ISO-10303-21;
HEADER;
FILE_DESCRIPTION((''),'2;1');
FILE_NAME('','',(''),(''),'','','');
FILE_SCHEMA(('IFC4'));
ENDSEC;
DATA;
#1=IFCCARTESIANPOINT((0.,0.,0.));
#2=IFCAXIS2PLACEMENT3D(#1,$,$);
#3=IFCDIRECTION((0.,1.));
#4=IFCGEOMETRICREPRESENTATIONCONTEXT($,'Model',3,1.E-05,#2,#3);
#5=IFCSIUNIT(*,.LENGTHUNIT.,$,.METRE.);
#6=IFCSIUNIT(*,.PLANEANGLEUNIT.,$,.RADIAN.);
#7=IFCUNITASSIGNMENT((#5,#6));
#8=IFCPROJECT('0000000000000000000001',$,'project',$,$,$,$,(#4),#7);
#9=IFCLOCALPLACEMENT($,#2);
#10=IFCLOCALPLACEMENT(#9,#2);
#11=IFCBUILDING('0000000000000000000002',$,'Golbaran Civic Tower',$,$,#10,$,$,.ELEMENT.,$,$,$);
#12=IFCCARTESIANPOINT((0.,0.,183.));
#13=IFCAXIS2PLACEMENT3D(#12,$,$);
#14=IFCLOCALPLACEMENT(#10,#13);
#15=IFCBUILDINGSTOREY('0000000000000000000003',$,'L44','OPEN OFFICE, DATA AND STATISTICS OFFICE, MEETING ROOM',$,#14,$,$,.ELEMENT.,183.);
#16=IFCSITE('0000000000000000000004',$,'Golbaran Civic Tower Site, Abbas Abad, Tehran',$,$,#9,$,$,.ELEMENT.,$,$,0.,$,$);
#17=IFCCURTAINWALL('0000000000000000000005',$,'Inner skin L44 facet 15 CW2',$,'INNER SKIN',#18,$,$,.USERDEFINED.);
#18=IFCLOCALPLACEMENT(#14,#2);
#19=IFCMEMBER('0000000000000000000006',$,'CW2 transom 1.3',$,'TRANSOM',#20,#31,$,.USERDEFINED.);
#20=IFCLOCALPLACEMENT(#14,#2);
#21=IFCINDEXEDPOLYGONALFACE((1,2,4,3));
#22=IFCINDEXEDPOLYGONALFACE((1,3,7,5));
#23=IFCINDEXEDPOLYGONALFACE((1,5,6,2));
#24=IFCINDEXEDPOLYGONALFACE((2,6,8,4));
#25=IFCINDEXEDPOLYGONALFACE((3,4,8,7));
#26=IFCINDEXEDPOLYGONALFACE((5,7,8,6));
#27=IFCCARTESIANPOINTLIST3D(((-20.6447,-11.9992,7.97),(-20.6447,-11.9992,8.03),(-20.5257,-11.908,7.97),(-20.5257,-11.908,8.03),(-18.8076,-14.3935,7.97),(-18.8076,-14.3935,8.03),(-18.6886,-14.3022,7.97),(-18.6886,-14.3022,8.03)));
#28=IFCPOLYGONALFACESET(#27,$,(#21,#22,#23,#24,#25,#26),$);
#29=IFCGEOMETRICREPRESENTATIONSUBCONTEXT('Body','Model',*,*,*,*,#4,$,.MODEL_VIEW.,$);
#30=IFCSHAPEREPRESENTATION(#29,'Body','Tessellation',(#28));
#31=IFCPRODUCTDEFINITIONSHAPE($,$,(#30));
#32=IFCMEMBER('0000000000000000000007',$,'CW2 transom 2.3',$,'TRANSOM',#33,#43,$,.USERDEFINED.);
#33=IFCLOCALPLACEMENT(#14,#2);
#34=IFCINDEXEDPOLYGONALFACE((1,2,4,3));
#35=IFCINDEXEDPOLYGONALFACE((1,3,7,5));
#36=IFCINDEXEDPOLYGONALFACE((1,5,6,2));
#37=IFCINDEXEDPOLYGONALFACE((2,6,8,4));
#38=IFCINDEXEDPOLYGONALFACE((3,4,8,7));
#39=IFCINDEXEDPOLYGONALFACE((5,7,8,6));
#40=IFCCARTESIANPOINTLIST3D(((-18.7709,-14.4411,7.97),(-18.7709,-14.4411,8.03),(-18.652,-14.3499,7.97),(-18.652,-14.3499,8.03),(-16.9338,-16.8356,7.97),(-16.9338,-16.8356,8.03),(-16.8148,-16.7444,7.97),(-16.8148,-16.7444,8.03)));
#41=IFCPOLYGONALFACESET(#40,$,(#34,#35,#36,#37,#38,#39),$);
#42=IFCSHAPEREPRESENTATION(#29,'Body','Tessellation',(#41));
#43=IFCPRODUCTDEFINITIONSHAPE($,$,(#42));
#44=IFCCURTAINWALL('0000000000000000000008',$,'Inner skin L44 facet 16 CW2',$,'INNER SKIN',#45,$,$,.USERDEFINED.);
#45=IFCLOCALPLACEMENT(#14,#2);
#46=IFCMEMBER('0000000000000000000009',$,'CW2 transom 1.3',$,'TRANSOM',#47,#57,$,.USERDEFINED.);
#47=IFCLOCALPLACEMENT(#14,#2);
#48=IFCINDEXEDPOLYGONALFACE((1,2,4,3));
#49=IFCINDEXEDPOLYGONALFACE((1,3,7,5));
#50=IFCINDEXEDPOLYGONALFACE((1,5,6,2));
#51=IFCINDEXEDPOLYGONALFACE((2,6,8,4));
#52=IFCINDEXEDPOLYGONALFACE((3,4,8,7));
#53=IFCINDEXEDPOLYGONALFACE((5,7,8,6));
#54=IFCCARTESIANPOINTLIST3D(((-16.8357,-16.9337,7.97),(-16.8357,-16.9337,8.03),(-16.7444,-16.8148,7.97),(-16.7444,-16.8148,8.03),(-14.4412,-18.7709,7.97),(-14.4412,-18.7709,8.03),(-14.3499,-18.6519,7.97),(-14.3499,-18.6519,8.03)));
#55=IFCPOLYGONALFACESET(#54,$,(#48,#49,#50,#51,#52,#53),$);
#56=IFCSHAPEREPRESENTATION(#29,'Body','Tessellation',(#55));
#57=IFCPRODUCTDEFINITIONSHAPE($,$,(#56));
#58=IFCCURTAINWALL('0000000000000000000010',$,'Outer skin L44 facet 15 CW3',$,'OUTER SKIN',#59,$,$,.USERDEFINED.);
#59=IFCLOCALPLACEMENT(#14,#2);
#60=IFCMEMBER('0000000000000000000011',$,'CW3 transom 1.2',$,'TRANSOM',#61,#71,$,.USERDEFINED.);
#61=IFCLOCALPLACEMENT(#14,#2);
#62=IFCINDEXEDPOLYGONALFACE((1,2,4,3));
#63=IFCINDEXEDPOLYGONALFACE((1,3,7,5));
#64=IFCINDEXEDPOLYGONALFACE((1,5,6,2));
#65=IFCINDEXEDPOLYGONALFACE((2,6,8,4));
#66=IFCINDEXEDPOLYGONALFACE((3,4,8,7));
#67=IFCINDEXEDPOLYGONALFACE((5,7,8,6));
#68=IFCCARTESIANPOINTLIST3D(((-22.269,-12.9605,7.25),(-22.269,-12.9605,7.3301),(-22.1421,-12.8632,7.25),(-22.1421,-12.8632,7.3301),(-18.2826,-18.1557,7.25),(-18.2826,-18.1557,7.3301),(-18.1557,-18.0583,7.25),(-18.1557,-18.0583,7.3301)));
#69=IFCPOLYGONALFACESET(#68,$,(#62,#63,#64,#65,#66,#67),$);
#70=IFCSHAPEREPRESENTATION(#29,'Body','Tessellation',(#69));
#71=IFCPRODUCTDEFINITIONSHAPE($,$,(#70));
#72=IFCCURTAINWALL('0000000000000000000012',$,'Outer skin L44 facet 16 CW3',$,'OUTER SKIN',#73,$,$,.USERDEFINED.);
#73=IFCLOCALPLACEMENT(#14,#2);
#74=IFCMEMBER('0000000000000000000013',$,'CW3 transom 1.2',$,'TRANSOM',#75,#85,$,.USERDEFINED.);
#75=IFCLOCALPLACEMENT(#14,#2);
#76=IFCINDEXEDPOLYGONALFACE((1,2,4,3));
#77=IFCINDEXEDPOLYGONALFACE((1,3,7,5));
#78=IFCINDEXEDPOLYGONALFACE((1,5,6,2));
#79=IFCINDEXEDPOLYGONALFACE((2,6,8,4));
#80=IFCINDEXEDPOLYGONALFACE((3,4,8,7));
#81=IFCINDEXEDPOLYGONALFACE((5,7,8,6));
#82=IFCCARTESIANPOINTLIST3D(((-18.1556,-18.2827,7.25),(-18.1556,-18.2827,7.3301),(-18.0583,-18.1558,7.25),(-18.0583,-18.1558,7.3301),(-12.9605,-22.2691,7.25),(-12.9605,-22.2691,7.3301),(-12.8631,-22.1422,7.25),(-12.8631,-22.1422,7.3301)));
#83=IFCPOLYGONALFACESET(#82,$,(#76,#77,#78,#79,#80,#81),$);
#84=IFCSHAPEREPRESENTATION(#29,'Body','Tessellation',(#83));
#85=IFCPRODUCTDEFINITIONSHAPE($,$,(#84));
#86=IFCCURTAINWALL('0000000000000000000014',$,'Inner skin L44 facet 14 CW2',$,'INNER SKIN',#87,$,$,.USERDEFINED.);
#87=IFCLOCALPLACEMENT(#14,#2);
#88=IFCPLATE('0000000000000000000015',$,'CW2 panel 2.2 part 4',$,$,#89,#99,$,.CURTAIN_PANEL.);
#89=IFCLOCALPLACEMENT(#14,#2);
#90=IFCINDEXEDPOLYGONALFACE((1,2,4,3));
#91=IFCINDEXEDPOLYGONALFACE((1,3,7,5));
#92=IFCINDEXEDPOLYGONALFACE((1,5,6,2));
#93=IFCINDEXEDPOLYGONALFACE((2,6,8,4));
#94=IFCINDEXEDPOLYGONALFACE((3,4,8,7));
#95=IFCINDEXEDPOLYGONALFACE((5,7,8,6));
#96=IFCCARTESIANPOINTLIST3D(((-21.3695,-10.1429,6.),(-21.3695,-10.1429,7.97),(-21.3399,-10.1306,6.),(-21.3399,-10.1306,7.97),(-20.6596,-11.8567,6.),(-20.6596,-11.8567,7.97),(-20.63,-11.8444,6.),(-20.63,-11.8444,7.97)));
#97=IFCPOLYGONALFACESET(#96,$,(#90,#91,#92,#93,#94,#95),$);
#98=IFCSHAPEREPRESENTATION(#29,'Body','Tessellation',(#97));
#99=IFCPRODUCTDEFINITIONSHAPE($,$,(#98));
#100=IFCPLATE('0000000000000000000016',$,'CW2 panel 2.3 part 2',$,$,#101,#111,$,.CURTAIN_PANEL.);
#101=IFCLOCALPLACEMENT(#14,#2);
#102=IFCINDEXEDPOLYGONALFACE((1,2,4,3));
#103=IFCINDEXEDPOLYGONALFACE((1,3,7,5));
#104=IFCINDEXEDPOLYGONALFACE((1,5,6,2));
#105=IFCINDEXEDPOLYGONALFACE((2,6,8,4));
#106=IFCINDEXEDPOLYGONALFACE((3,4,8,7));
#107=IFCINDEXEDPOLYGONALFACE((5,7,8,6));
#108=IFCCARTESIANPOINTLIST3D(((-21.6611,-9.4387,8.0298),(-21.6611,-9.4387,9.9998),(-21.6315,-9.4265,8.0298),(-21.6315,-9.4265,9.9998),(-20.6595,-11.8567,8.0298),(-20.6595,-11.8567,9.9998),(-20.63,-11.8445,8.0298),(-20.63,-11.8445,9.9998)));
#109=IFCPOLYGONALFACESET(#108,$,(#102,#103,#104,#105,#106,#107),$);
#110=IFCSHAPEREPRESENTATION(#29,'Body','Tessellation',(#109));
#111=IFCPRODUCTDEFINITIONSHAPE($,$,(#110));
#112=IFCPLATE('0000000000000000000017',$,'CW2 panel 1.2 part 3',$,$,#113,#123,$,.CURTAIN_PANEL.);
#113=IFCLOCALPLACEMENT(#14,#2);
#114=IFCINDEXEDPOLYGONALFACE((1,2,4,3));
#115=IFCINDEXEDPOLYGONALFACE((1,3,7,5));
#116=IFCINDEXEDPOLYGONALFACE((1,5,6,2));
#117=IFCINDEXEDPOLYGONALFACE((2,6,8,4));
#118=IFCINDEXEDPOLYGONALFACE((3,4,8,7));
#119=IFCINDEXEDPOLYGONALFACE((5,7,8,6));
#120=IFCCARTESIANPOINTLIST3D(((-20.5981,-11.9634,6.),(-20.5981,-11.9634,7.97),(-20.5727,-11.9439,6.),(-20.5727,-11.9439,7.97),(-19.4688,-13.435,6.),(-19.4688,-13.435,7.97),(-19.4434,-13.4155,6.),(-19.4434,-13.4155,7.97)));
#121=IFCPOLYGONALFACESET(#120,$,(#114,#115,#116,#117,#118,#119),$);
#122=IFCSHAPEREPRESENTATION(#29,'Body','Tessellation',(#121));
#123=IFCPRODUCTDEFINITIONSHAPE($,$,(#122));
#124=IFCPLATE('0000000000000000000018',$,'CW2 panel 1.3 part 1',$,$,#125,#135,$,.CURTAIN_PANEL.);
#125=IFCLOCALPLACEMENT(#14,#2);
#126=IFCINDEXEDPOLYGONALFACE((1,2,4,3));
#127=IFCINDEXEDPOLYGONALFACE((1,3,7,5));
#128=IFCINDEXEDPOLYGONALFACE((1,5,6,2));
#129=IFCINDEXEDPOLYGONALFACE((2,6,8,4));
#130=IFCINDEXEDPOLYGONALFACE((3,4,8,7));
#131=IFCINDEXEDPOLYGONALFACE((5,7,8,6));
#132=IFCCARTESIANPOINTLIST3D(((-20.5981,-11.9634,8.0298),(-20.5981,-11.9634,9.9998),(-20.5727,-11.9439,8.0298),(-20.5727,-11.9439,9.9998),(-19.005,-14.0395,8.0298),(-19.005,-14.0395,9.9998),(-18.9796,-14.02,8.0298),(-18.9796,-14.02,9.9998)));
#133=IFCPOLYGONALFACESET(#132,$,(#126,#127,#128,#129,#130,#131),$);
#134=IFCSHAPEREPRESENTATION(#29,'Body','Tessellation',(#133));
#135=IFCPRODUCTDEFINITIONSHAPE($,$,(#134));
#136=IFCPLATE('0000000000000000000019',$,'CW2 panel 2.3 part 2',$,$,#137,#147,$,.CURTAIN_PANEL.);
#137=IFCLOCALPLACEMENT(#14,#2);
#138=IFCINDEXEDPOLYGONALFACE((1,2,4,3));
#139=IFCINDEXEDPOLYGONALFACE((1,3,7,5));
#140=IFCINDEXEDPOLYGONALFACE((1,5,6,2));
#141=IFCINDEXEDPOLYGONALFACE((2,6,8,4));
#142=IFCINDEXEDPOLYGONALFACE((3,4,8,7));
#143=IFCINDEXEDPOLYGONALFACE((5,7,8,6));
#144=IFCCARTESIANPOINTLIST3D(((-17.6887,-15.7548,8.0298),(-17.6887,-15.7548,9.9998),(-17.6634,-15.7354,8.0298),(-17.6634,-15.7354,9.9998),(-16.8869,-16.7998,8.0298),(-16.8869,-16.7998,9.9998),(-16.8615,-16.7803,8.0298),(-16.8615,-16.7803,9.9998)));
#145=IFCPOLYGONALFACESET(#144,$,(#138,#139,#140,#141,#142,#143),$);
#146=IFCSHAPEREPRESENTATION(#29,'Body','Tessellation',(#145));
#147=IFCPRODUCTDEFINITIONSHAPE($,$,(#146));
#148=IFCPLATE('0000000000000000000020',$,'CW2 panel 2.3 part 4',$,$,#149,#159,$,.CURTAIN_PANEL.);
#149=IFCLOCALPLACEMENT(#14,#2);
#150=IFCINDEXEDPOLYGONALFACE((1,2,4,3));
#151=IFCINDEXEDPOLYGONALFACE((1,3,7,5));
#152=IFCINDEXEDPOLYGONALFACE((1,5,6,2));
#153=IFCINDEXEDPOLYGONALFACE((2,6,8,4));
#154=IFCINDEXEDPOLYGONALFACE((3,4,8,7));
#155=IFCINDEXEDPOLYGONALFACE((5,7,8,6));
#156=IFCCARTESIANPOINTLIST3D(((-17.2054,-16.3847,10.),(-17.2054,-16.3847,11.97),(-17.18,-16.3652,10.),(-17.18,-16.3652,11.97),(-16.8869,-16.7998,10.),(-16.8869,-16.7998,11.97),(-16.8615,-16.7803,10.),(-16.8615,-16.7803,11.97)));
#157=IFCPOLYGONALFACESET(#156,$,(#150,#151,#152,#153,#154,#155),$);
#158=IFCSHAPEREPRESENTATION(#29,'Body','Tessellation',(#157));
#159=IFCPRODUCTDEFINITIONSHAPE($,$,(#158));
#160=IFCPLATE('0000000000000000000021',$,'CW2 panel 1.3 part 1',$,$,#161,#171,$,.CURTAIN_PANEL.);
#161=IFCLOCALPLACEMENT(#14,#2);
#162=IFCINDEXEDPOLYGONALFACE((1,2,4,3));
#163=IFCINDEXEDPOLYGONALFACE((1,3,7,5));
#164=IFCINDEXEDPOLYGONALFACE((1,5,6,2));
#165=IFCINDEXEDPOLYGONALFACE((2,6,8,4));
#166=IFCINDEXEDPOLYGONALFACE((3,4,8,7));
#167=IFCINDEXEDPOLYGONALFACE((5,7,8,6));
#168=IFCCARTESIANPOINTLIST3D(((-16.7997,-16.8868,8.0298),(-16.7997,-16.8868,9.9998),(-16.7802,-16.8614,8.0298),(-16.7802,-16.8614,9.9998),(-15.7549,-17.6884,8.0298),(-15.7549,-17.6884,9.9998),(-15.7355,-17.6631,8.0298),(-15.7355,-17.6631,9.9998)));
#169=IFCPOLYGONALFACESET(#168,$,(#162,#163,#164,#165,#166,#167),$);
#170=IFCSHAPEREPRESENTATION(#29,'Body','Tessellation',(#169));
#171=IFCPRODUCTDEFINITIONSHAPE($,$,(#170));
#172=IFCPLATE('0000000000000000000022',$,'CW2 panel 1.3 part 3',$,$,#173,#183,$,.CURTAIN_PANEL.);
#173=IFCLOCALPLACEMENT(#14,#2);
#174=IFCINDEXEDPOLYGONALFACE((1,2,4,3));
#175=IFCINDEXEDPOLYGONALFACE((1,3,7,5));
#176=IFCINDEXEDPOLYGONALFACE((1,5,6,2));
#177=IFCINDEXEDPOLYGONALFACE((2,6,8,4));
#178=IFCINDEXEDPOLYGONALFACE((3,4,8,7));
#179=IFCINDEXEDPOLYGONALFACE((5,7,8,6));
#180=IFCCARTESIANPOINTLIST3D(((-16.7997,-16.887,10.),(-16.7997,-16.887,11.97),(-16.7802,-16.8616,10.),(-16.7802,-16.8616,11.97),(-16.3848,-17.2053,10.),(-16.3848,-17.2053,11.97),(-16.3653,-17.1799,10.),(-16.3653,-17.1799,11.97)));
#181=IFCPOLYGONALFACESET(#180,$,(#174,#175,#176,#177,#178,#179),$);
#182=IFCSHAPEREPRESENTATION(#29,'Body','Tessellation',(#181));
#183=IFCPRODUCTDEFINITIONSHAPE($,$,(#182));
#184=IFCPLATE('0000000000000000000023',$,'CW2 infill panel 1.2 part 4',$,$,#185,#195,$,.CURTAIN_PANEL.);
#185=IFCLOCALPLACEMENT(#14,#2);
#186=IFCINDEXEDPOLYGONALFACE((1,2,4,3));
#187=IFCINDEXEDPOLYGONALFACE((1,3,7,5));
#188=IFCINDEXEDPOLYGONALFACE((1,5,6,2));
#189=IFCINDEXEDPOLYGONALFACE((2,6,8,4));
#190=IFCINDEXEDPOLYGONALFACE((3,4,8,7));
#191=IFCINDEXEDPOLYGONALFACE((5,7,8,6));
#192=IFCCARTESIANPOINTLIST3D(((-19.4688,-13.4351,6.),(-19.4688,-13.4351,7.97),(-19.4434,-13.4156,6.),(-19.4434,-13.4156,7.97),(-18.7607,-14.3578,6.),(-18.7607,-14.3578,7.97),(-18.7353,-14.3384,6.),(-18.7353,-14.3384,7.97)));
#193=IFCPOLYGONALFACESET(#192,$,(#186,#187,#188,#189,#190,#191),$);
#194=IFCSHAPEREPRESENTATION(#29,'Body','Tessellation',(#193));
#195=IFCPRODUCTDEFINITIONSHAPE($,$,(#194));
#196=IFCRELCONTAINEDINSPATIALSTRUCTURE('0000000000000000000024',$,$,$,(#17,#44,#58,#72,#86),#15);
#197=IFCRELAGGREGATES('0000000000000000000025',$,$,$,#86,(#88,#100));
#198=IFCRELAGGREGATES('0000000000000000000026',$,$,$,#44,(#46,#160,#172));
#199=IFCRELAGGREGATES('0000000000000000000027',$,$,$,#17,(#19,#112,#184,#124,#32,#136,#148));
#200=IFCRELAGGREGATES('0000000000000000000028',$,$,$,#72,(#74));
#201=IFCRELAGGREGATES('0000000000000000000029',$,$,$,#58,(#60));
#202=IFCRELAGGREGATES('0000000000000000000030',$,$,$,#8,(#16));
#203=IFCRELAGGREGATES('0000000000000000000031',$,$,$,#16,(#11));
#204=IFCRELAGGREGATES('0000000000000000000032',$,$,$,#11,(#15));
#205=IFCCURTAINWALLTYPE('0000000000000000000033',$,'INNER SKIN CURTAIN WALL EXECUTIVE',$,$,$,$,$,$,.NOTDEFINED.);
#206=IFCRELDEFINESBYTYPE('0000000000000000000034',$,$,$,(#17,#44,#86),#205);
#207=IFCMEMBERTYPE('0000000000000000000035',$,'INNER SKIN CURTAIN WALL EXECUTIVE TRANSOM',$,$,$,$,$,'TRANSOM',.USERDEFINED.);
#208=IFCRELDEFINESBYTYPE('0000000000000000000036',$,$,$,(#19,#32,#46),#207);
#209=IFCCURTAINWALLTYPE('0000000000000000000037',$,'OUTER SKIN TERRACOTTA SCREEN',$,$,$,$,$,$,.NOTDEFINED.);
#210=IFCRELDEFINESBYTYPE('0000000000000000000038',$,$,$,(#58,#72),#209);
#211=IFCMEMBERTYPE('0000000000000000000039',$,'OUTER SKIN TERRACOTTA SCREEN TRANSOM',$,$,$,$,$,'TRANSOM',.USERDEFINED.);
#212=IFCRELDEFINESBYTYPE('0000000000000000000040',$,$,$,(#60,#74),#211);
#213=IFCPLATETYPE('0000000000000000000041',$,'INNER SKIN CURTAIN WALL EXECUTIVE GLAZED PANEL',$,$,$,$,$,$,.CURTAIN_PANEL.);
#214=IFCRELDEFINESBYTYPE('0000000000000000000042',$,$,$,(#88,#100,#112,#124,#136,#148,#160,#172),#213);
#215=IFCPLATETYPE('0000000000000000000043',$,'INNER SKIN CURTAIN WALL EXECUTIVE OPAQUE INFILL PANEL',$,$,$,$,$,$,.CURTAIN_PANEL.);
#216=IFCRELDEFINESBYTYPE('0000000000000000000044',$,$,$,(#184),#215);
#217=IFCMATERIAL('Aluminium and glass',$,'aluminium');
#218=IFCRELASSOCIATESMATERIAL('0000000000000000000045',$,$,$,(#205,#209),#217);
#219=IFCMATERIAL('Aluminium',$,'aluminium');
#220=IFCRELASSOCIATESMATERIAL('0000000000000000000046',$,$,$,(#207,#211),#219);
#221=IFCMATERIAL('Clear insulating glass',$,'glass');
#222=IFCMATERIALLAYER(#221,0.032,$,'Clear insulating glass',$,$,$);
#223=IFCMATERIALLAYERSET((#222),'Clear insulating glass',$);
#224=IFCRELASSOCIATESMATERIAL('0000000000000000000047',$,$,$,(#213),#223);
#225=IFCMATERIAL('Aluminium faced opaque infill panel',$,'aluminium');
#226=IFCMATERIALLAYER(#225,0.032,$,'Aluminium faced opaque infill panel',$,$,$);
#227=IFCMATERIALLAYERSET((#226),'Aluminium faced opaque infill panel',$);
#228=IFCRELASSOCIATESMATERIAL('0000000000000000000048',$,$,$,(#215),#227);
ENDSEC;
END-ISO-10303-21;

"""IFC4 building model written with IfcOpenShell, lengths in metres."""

from ifc_helpers import new_model, si_unit, direction, frame, origin, origin_2d, place, context, subcontext, project, spatial, rectangle, extrude, material, layer, layer_set, material_profile, profile_set, type_object, element, aggregate, save


model = new_model("IFC4")

# Units and contexts
model_context = context("Model", 3, precision=1e-05, world=origin(), true_north=direction((0.0, 1.0)))
body_context = subcontext(model_context, "Body", "Model", "MODEL_VIEW")
ifc_project = project(units=[si_unit("LENGTHUNIT", "METRE"), si_unit("PLANEANGLEUNIT", "RADIAN")], contexts=[model_context])

# Site, building, storey
site_placement = place(None, origin())
site = spatial("IfcSite", under=ifc_project, at=site_placement, Name="Golbaran Civic Tower Site, Abbas Abad, Tehran", CompositionType="ELEMENT", RefElevation=0.0)
building_placement = place(site_placement, origin())
building = spatial("IfcBuilding", under=site, at=building_placement, Name="Golbaran Civic Tower", CompositionType="ELEMENT")
storey_placement = place(building_placement, frame((0.0, 0.0, 183.0)))
storey = spatial("IfcBuildingStorey", under=building, at=storey_placement, Name="L44", Description="OPEN OFFICE, DATA AND STATISTICS OFFICE, MEETING ROOM", CompositionType="ELEMENT", Elevation=183.0)

# Curtain wall, members
ifc_material_1 = material(Name="Aluminium and glass", Category="aluminium")
curtain_wall_type_1 = type_object("IfcCurtainWallType", Name="INNER SKIN CURTAIN WALL EXECUTIVE", PredefinedType="NOTDEFINED", material=ifc_material_1)
curtain_wall_1_placement = place(storey_placement, origin())
curtain_wall_1 = element("IfcCurtainWall", 1, at=curtain_wall_1_placement, inside=storey, type_object=curtain_wall_type_1, Name="Inner skin L44 facet 15 CW2", ObjectType="INNER SKIN", PredefinedType="USERDEFINED")
ifc_material_2 = material(Name="Aluminium", Category="aluminium")
ifc_material_profile_1 = material_profile(ifc_material_2, rectangle(XDim=0.1499, YDim=0.0601, at=origin_2d()), Name="INNER SKIN CURTAIN WALL EXECUTIVE TRANSOM")
ifc_profile_set_1 = profile_set([ifc_material_profile_1], Name="Aluminium")
member_type_1 = type_object("IfcMemberType", Name="INNER SKIN CURTAIN WALL EXECUTIVE TRANSOM", ElementType="TRANSOM", PredefinedType="USERDEFINED", material=ifc_profile_set_1)
member_1_placement = place(storey_placement, frame((-20.5852, -11.9536, 8.0), z_axis=(0.608752, -0.79336, 0.0), x_axis=(0.79336, 0.608752, 0.0)))
member_1 = element("IfcMember", 2, at=member_1_placement, type_object=member_type_1, Name="CW2 transom 1.3", ObjectType="TRANSOM", PredefinedType="USERDEFINED", context=body_context, shape_type="SweptSolid", body=[
    extrude(rectangle(XDim=0.1499, YDim=0.0601, at=origin_2d()), origin(), (0.0, 0.0, 1.0), 3.0178),
])
member_2_placement = place(storey_placement, frame((-18.7114, -14.3955, 8.0), z_axis=(0.608713, -0.79339, 0.0), x_axis=(0.79339, 0.608713, 0.0)))
member_2 = element("IfcMember", 3, at=member_2_placement, type_object=member_type_1, Name="CW2 transom 2.3", ObjectType="TRANSOM", PredefinedType="USERDEFINED", context=body_context, shape_type="SweptSolid", body=[
    extrude(rectangle(XDim=0.1499, YDim=0.0601, at=origin_2d()), origin(), (0.0, 0.0, 1.0), 3.0181),
])

# Curtain walls, members
curtain_wall_2_placement = place(storey_placement, origin())
curtain_wall_2 = element("IfcCurtainWall", 4, at=curtain_wall_2_placement, inside=storey, type_object=curtain_wall_type_1, Name="Inner skin L44 facet 16 CW2", ObjectType="INNER SKIN", PredefinedType="USERDEFINED")
member_3_placement = place(storey_placement, frame((-16.79, -16.8743, 8.0), z_axis=(0.79339, -0.608713, 0.0), x_axis=(0.608713, 0.79339, 0.0)))
member_3 = element("IfcMember", 5, at=member_3_placement, type_object=member_type_1, Name="CW2 transom 1.3", ObjectType="TRANSOM", PredefinedType="USERDEFINED", context=body_context, shape_type="SweptSolid", body=[
    extrude(rectangle(XDim=0.1499, YDim=0.0601, at=origin_2d()), origin(), (0.0, 0.0, 1.0), 3.0181),
])
curtain_wall_type_2 = type_object("IfcCurtainWallType", Name="OUTER SKIN TERRACOTTA SCREEN", PredefinedType="NOTDEFINED", material=ifc_material_1)
curtain_wall_3_placement = place(storey_placement, origin())
curtain_wall_3 = element("IfcCurtainWall", 6, at=curtain_wall_3_placement, inside=storey, type_object=curtain_wall_type_2, Name="Outer skin L44 facet 15 CW3", ObjectType="OUTER SKIN", PredefinedType="USERDEFINED")
ifc_material_profile_2 = material_profile(ifc_material_2, rectangle(XDim=0.1599, YDim=0.0801, at=origin_2d()), Name="OUTER SKIN TERRACOTTA SCREEN TRANSOM")
ifc_profile_set_2 = profile_set([ifc_material_profile_2], Name="Aluminium")
member_type_2 = type_object("IfcMemberType", Name="OUTER SKIN TERRACOTTA SCREEN TRANSOM", ElementType="TRANSOM", PredefinedType="USERDEFINED", material=ifc_profile_set_2)
member_4_placement = place(storey_placement, frame((-22.2056, -12.9119, 7.29), z_axis=(0.608763, -0.793352, 0.0), x_axis=(0.793352, 0.608763, 0.0)))
member_4 = element("IfcMember", 7, at=member_4_placement, type_object=member_type_2, Name="CW3 transom 1.2", ObjectType="TRANSOM", PredefinedType="USERDEFINED", context=body_context, shape_type="SweptSolid", body=[
    extrude(rectangle(XDim=0.1599, YDim=0.0801, at=origin_2d()), origin(), (0.0, 0.0, 1.0), 6.5483),
])
curtain_wall_4_placement = place(storey_placement, origin())
curtain_wall_4 = element("IfcCurtainWall", 8, at=curtain_wall_4_placement, inside=storey, type_object=curtain_wall_type_2, Name="Outer skin L44 facet 16 CW3", ObjectType="OUTER SKIN", PredefinedType="USERDEFINED")
member_5_placement = place(storey_placement, frame((-18.1069, -18.2192, 7.29), z_axis=(0.793352, -0.608763, 0.0), x_axis=(0.608763, 0.793352, 0.0)))
member_5 = element("IfcMember", 9, at=member_5_placement, type_object=member_type_2, Name="CW3 transom 1.2", ObjectType="TRANSOM", PredefinedType="USERDEFINED", context=body_context, shape_type="SweptSolid", body=[
    extrude(rectangle(XDim=0.1599, YDim=0.0801, at=origin_2d()), origin(), (0.0, 0.0, 1.0), 6.5483),
])

# Curtain wall, plates
curtain_wall_5_placement = place(storey_placement, origin())
curtain_wall_5 = element("IfcCurtainWall", 10, at=curtain_wall_5_placement, inside=storey, type_object=curtain_wall_type_1, Name="Inner skin L44 facet 14 CW2", ObjectType="INNER SKIN", PredefinedType="USERDEFINED")
ifc_material_3 = material(Name="Clear insulating glass", Category="glass")
ifc_layer_1 = layer(ifc_material_3, 0.032, Name="Clear insulating glass")
ifc_layer_set_1 = layer_set([ifc_layer_1], Name="Clear insulating glass")
plate_type_1 = type_object("IfcPlateType", Name="INNER SKIN CURTAIN WALL EXECUTIVE GLAZED PANEL", PredefinedType="CURTAIN_PANEL", material=ifc_layer_set_1)
plate_1_placement = place(storey_placement, frame((-20.9998, -10.9937, 6.0), z_axis=(0.0, 0.0, 1.0), x_axis=(0.382683, -0.92388, 0.0)))
plate_1 = element("IfcPlate", 11, at=plate_1_placement, type_object=plate_type_1, Name="CW2 panel 2.2 part 4", PredefinedType="CURTAIN_PANEL", context=body_context, shape_type="SweptSolid", body=[
    extrude(rectangle(XDim=1.855, YDim=0.032, at=origin_2d()), origin(), (0.0, 0.0, 1.0), 1.97),
])
plate_2_placement = place(storey_placement, frame((-21.1455, -10.6416, 8.0298), z_axis=(0.0, 0.0, 1.0), x_axis=(0.382683, -0.92388, 0.0)))
plate_2 = element("IfcPlate", 12, at=plate_2_placement, type_object=plate_type_1, Name="CW2 panel 2.3 part 2", PredefinedType="CURTAIN_PANEL", context=body_context, shape_type="SweptSolid", body=[
    extrude(rectangle(XDim=2.6172, YDim=0.032, at=origin_2d()), origin(), (0.0, 0.0, 1.0), 1.97),
])
aggregate(curtain_wall_5, [plate_1, plate_2])

# Plates
plate_3_placement = place(storey_placement, frame((-20.0208, -12.6895, 6.0), z_axis=(0.0, 0.0, 1.0), x_axis=(0.608761, -0.793353, 0.0)))
plate_3 = element("IfcPlate", 13, at=plate_3_placement, type_object=plate_type_1, Name="CW2 panel 1.2 part 3", PredefinedType="CURTAIN_PANEL", context=body_context, shape_type="SweptSolid", body=[
    extrude(rectangle(XDim=1.855, YDim=0.032, at=origin_2d()), origin(), (0.0, 0.0, 1.0), 1.97),
])
plate_4_placement = place(storey_placement, frame((-19.7888, -12.9917, 8.0298), z_axis=(0.0, 0.0, 1.0), x_axis=(0.608761, -0.793353, 0.0)))
plate_4 = element("IfcPlate", 14, at=plate_4_placement, type_object=plate_type_1, Name="CW2 panel 1.3 part 1", PredefinedType="CURTAIN_PANEL", context=body_context, shape_type="SweptSolid", body=[
    extrude(rectangle(XDim=2.6169, YDim=0.032, at=origin_2d()), origin(), (0.0, 0.0, 1.0), 1.97),
])
plate_5_placement = place(storey_placement, frame((-17.2751, -16.2676, 8.0298), z_axis=(0.0, 0.0, 1.0), x_axis=(0.608761, -0.793353, 0.0)))
plate_5 = element("IfcPlate", 15, at=plate_5_placement, type_object=plate_type_1, Name="CW2 panel 2.3 part 2", PredefinedType="CURTAIN_PANEL", context=body_context, shape_type="SweptSolid", body=[
    extrude(rectangle(XDim=1.3171, YDim=0.032, at=origin_2d()), origin(), (0.0, 0.0, 1.0), 1.97),
])
plate_6_placement = place(storey_placement, frame((-17.0334, -16.5825, 10.0), z_axis=(0.0, 0.0, 1.0), x_axis=(0.608761, -0.793353, 0.0)))
plate_6 = element("IfcPlate", 16, at=plate_6_placement, type_object=plate_type_1, Name="CW2 panel 2.3 part 4", PredefinedType="CURTAIN_PANEL", context=body_context, shape_type="SweptSolid", body=[
    extrude(rectangle(XDim=0.5232, YDim=0.032, at=origin_2d()), origin(), (0.0, 0.0, 1.0), 1.97),
])
plate_7_placement = place(storey_placement, frame((-16.2676, -17.2749, 8.0298), z_axis=(0.0, 0.0, 1.0), x_axis=(0.793353, -0.608761, 0.0)))
plate_7 = element("IfcPlate", 17, at=plate_7_placement, type_object=plate_type_1, Name="CW2 panel 1.3 part 1", PredefinedType="CURTAIN_PANEL", context=body_context, shape_type="SweptSolid", body=[
    extrude(rectangle(XDim=1.3169, YDim=0.032, at=origin_2d()), origin(), (0.0, 0.0, 1.0), 1.97),
])
plate_8_placement = place(storey_placement, frame((-16.5825, -17.0334, 10.0), z_axis=(0.0, 0.0, 1.0), x_axis=(0.793353, -0.608761, 0.0)))
plate_8 = element("IfcPlate", 18, at=plate_8_placement, type_object=plate_type_1, Name="CW2 panel 1.3 part 3", PredefinedType="CURTAIN_PANEL", context=body_context, shape_type="SweptSolid", body=[
    extrude(rectangle(XDim=0.5229, YDim=0.032, at=origin_2d()), origin(), (0.0, 0.0, 1.0), 1.97),
])
aggregate(curtain_wall_2, [member_3, plate_7, plate_8])
ifc_material_4 = material(Name="Aluminium faced opaque infill panel", Category="aluminium")
ifc_layer_2 = layer(ifc_material_4, 0.032, Name="Aluminium faced opaque infill panel")
ifc_layer_set_2 = layer_set([ifc_layer_2], Name="Aluminium faced opaque infill panel")
plate_type_2 = type_object("IfcPlateType", Name="INNER SKIN CURTAIN WALL EXECUTIVE OPAQUE INFILL PANEL", PredefinedType="CURTAIN_PANEL", material=ifc_layer_set_2)
plate_9_placement = place(storey_placement, frame((-19.1021, -13.8867, 6.0), z_axis=(0.0, 0.0, 1.0), x_axis=(0.608761, -0.793353, 0.0)))
plate_9 = element("IfcPlate", 19, at=plate_9_placement, type_object=plate_type_2, Name="CW2 infill panel 1.2 part 4", PredefinedType="CURTAIN_PANEL", context=body_context, shape_type="SweptSolid", body=[
    extrude(rectangle(XDim=1.1631, YDim=0.032, at=origin_2d()), origin(), (0.0, 0.0, 1.0), 1.97),
])
aggregate(curtain_wall_1, [member_1, plate_3, plate_9, plate_4, member_2, plate_5, plate_6])

aggregate(curtain_wall_4, [member_5])
aggregate(curtain_wall_3, [member_4])

save(model, "model.ifc")
